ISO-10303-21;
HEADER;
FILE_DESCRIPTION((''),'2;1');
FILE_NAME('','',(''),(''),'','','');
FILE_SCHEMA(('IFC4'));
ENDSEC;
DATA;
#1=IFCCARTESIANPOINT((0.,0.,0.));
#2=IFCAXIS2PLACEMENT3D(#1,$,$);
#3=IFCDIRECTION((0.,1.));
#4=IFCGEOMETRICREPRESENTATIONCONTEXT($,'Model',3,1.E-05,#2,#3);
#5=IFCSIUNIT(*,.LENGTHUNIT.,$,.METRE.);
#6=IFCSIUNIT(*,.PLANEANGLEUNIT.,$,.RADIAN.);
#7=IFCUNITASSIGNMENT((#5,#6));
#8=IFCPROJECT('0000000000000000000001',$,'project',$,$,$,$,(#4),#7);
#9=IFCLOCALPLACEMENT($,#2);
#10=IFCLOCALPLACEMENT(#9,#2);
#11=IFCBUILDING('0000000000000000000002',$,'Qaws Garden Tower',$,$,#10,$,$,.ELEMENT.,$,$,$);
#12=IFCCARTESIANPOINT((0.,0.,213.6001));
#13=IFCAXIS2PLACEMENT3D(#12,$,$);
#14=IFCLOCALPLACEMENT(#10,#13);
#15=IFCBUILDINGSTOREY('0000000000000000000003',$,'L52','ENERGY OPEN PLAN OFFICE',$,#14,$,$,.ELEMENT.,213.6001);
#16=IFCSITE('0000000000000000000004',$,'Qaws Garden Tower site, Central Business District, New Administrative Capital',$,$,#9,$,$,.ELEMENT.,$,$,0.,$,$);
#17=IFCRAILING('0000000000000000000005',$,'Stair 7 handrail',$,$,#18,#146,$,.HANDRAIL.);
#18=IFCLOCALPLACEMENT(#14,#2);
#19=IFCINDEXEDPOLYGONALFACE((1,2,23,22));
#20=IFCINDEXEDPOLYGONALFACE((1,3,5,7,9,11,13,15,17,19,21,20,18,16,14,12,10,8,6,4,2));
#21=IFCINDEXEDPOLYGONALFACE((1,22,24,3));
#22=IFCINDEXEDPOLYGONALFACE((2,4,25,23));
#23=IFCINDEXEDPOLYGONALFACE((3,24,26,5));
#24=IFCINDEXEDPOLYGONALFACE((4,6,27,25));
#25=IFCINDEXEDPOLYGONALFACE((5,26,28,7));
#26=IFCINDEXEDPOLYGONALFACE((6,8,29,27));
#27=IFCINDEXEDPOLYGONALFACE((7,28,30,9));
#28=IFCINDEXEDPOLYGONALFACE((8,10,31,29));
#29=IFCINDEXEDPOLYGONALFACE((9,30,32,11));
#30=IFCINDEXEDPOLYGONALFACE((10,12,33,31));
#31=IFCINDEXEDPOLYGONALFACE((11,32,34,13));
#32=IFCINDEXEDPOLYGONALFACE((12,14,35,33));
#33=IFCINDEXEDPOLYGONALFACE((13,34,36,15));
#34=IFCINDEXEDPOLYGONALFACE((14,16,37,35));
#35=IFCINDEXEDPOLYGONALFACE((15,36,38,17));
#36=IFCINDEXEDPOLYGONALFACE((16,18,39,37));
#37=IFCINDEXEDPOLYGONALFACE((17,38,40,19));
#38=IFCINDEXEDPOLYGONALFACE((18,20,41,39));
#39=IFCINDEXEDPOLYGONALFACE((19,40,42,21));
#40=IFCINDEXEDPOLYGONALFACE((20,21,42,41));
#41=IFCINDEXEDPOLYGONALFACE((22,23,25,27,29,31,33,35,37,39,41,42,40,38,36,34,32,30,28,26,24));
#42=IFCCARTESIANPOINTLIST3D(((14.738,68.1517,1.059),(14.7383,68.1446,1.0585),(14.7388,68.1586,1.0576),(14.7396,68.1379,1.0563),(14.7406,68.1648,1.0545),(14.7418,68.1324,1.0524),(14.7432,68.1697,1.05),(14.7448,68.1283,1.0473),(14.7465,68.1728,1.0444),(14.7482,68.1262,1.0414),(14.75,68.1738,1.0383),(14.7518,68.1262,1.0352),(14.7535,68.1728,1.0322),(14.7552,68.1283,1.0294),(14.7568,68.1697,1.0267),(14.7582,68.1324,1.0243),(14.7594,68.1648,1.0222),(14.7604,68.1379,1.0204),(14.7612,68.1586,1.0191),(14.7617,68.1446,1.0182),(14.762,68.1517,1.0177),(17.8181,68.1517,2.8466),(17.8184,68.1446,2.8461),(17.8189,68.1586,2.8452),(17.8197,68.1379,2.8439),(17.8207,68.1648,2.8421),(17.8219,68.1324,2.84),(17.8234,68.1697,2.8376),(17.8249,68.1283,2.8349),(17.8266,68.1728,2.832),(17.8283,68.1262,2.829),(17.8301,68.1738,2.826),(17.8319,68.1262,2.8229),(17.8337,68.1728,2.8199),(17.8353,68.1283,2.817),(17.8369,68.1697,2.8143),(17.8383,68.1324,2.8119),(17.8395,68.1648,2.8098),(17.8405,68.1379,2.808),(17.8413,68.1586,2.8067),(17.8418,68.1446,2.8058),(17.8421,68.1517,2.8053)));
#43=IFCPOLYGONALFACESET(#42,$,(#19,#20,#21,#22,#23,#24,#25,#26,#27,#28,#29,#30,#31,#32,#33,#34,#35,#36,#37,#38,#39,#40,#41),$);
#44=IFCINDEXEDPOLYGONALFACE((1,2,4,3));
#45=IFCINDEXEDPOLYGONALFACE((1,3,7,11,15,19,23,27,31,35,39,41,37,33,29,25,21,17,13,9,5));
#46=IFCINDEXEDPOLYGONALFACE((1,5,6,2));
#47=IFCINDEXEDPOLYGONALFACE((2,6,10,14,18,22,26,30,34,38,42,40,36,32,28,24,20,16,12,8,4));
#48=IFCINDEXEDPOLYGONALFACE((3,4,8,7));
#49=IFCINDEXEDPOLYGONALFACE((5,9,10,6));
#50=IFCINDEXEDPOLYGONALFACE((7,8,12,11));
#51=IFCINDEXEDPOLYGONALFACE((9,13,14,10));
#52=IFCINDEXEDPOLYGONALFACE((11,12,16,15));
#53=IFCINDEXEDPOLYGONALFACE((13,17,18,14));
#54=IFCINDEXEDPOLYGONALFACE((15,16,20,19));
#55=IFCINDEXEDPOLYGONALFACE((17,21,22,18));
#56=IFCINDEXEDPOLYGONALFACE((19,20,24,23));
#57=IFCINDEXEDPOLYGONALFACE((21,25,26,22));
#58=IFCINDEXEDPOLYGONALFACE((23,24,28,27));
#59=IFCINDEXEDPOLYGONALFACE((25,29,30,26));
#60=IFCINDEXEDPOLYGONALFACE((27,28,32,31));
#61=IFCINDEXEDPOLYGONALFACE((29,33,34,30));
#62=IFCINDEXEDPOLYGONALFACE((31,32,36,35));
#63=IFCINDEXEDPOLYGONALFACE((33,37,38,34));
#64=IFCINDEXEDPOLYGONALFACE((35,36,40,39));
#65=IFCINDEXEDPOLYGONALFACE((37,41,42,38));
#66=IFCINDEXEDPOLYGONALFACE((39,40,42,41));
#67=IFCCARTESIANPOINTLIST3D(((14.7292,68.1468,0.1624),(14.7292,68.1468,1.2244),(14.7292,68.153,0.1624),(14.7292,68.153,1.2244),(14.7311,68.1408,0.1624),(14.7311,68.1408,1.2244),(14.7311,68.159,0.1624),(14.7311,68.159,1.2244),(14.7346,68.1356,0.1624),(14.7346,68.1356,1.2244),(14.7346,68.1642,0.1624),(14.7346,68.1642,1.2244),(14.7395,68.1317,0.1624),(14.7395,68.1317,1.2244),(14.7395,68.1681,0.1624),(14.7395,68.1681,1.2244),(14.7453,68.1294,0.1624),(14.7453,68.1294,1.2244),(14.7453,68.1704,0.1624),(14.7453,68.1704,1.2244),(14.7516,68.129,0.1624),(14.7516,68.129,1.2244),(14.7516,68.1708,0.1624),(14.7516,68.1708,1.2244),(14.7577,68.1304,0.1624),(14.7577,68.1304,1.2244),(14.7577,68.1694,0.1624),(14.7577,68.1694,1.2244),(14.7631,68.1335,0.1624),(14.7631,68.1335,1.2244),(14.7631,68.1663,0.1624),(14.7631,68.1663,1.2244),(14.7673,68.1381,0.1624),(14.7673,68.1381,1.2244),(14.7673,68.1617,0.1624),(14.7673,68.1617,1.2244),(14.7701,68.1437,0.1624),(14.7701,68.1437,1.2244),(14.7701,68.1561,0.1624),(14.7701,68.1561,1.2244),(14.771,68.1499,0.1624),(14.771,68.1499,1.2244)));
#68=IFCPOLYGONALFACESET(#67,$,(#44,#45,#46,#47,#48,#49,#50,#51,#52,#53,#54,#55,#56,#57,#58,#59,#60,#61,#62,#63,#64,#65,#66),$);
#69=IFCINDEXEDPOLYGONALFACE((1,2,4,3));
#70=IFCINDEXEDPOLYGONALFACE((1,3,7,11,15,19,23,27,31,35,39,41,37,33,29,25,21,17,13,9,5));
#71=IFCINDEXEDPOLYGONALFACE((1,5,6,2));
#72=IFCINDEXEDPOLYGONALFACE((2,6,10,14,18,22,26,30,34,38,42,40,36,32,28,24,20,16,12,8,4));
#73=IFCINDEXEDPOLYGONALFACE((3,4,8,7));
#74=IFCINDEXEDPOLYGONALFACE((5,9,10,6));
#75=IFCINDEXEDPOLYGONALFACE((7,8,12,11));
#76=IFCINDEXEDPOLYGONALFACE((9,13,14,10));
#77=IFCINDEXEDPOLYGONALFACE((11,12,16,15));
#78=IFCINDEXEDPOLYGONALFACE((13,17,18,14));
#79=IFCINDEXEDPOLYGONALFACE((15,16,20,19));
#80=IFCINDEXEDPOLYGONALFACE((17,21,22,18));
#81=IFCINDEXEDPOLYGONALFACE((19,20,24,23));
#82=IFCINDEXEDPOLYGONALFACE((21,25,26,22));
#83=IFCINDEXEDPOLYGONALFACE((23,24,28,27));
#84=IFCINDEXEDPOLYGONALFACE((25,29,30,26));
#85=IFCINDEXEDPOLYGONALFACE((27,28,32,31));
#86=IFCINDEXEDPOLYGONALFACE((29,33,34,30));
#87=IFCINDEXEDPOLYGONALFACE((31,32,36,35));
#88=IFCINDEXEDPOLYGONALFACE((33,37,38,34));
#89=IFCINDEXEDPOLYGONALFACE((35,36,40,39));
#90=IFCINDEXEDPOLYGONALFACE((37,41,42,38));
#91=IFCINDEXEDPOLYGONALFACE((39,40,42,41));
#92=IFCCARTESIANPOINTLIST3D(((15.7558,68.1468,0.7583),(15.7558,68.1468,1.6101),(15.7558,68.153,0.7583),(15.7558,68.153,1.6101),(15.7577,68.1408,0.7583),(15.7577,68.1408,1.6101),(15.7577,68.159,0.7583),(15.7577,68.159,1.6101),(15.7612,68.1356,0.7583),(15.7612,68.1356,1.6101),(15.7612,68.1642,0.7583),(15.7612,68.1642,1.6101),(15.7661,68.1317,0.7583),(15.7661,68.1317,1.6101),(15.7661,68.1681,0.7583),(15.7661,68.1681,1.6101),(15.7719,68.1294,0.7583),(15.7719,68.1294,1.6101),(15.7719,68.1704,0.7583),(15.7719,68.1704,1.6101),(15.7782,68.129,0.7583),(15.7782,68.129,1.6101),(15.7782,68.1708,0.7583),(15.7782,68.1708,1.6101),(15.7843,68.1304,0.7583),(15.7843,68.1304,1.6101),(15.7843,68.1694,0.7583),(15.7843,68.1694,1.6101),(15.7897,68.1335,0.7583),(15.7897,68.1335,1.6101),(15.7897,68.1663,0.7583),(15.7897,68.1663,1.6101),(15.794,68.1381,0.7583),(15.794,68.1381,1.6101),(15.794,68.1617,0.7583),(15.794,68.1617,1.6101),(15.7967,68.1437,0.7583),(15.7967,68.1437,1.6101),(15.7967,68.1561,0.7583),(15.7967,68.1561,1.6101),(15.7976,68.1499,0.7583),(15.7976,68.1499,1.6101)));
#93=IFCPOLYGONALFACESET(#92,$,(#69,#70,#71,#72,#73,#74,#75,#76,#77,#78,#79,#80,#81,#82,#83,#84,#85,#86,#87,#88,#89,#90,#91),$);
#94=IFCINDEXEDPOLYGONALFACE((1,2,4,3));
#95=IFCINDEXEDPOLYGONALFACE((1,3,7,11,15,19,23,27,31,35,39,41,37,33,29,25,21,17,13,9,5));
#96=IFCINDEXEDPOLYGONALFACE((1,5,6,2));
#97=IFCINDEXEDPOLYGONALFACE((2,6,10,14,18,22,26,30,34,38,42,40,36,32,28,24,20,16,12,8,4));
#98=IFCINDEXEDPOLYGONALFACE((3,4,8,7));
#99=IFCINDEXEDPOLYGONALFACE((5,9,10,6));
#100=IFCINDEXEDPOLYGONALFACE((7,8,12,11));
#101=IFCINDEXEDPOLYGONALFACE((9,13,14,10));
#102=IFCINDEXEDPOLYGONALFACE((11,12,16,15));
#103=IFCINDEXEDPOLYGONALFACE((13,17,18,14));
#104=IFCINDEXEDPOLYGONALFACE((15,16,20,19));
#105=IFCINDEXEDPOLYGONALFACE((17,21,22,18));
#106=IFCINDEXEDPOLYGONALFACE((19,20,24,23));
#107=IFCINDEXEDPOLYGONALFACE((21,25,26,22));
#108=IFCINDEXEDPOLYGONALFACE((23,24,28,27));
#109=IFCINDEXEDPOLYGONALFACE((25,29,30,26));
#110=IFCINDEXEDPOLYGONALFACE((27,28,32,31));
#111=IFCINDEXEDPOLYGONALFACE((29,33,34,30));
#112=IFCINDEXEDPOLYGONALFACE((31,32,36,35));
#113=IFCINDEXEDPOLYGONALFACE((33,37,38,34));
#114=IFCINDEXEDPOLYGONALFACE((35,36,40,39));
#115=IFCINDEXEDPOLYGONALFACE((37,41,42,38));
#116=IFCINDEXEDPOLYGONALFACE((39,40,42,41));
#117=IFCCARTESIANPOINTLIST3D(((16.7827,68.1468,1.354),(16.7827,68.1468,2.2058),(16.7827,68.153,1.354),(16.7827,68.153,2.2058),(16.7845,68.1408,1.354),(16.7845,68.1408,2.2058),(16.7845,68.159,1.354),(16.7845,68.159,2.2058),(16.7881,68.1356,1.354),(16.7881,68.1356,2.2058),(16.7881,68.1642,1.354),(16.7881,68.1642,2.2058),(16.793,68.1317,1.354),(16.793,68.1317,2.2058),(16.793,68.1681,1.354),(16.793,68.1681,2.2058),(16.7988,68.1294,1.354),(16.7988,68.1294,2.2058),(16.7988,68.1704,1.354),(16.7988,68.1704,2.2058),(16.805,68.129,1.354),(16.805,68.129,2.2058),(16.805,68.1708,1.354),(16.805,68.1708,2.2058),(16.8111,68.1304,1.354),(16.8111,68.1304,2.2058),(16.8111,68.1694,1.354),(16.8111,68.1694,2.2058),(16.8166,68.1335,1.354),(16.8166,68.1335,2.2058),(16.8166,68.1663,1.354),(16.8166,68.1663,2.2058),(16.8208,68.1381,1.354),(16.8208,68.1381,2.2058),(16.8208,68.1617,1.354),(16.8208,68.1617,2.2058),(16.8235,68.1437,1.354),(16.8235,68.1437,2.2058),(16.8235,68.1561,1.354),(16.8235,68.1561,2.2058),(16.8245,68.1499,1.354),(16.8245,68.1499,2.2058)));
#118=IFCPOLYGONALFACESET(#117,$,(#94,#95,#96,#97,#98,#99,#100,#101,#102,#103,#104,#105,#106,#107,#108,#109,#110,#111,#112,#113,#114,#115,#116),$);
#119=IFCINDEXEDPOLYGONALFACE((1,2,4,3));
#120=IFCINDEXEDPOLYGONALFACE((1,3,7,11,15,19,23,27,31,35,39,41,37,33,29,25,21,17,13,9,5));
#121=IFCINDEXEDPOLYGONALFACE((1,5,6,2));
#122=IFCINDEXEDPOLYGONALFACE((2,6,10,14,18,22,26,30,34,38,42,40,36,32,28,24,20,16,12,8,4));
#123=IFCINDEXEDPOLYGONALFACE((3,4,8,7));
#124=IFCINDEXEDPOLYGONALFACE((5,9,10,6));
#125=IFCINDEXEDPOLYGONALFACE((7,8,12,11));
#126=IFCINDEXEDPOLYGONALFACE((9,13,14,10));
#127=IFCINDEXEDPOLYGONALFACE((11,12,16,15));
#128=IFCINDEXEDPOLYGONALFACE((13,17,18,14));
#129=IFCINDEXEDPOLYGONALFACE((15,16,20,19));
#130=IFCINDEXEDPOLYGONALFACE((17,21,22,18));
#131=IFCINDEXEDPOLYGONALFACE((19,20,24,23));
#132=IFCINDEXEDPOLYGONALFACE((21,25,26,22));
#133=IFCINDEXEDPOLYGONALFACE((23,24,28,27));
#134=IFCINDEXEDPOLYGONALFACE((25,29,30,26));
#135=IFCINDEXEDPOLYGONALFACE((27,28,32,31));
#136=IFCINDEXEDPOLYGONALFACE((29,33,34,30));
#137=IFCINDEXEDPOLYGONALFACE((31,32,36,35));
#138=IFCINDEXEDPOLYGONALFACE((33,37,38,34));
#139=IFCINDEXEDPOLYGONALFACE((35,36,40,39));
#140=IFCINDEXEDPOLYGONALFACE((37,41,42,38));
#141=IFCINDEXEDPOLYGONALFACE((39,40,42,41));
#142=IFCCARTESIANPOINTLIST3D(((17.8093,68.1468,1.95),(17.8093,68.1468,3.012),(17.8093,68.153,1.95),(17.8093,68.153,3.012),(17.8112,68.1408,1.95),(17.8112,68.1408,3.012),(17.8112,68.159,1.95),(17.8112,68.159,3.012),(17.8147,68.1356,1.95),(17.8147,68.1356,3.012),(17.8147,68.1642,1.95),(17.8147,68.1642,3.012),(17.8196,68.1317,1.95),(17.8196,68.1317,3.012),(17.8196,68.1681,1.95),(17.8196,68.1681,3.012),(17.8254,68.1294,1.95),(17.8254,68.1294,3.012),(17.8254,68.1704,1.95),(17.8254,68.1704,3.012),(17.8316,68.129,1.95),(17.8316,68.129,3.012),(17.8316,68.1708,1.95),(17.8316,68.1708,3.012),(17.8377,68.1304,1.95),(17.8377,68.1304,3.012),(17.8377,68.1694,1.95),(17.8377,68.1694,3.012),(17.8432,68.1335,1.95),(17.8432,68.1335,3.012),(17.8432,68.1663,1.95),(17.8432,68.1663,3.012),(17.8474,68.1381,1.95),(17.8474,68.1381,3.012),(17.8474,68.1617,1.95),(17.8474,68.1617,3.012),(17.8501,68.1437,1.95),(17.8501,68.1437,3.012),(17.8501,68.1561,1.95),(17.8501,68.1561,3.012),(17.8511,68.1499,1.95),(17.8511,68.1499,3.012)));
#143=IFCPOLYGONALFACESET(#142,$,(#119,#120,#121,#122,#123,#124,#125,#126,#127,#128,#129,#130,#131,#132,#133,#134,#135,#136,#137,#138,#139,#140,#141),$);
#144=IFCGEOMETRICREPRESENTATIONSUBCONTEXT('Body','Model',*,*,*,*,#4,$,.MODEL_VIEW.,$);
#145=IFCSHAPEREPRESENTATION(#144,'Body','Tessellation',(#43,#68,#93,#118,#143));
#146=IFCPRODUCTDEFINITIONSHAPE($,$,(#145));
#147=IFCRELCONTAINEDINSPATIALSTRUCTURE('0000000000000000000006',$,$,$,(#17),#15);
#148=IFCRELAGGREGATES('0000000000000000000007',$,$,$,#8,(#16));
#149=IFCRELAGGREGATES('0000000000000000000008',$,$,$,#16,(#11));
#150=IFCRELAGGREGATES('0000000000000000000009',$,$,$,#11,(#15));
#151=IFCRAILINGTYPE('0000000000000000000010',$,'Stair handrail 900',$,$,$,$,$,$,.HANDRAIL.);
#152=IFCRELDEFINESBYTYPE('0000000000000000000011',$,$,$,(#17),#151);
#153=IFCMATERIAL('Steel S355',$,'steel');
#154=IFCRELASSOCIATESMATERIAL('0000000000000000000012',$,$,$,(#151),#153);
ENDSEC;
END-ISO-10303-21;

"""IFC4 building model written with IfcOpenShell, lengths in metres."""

from ifc_helpers import new_model, si_unit, direction, frame, origin, origin_2d, place, context, subcontext, project, spatial, circle, extrude, material, type_object, element, save


model = new_model("IFC4")

# Units and contexts
model_context = context("Model", 3, precision=1e-05, world=origin(), true_north=direction((0.0, 1.0)))
body_context = subcontext(model_context, "Body", "Model", "MODEL_VIEW")
ifc_project = project(units=[si_unit("LENGTHUNIT", "METRE"), si_unit("PLANEANGLEUNIT", "RADIAN")], contexts=[model_context])

# Site, building, storey
site_placement = place(None, origin())
site = spatial("IfcSite", under=ifc_project, at=site_placement, Name="Qaws Garden Tower site, Central Business District, New Administrative Capital", CompositionType="ELEMENT", RefElevation=0.0)
building_placement = place(site_placement, origin())
building = spatial("IfcBuilding", under=site, at=building_placement, Name="Qaws Garden Tower", CompositionType="ELEMENT")
storey_placement = place(building_placement, frame((0.0, 0.0, 213.6001)))
storey = spatial("IfcBuildingStorey", under=building, at=storey_placement, Name="L52", Description="ENERGY OPEN PLAN OFFICE", CompositionType="ELEMENT", Elevation=213.6001)

# Railing
ifc_material_1 = material(Name="Steel S355", Category="steel")
railing_type = type_object("IfcRailingType", Name="Stair handrail 900", PredefinedType="HANDRAIL", material=ifc_material_1)
railing_1_placement = place(storey_placement, frame((14.75, 68.1499, 0.1624)))
element("IfcRailing", 1, at=railing_1_placement, inside=storey, type_object=railing_type, Name="Stair 7 handrail", PredefinedType="HANDRAIL", context=body_context, shape_type="SweptSolid", body=[
    extrude(circle(Radius=0.0239, at=origin_2d()), frame((0.0, 0.0, 0.876), z_axis=(0.864891, 0.0, 0.50196), x_axis=(0.0, 1.0, 0.0)), (0.0, 0.0, 1.0), 3.5613),
    extrude(circle(Radius=0.021, at=origin_2d()), origin(), (0.0, 0.0, 1.0), 1.062),
    extrude(circle(Radius=0.021, at=origin_2d()), frame((1.0266, 0.0, 0.5959)), (0.0, 0.0, 1.0), 0.8518),
    extrude(circle(Radius=0.021, at=origin_2d()), frame((2.0535, 0.0, 1.1917)), (0.0, 0.0, 1.0), 0.8518),
    extrude(circle(Radius=0.021, at=origin_2d()), frame((3.0801, 0.0, 1.7876)), (0.0, 0.0, 1.0), 1.062),
])

save(model, "model.ifc")
